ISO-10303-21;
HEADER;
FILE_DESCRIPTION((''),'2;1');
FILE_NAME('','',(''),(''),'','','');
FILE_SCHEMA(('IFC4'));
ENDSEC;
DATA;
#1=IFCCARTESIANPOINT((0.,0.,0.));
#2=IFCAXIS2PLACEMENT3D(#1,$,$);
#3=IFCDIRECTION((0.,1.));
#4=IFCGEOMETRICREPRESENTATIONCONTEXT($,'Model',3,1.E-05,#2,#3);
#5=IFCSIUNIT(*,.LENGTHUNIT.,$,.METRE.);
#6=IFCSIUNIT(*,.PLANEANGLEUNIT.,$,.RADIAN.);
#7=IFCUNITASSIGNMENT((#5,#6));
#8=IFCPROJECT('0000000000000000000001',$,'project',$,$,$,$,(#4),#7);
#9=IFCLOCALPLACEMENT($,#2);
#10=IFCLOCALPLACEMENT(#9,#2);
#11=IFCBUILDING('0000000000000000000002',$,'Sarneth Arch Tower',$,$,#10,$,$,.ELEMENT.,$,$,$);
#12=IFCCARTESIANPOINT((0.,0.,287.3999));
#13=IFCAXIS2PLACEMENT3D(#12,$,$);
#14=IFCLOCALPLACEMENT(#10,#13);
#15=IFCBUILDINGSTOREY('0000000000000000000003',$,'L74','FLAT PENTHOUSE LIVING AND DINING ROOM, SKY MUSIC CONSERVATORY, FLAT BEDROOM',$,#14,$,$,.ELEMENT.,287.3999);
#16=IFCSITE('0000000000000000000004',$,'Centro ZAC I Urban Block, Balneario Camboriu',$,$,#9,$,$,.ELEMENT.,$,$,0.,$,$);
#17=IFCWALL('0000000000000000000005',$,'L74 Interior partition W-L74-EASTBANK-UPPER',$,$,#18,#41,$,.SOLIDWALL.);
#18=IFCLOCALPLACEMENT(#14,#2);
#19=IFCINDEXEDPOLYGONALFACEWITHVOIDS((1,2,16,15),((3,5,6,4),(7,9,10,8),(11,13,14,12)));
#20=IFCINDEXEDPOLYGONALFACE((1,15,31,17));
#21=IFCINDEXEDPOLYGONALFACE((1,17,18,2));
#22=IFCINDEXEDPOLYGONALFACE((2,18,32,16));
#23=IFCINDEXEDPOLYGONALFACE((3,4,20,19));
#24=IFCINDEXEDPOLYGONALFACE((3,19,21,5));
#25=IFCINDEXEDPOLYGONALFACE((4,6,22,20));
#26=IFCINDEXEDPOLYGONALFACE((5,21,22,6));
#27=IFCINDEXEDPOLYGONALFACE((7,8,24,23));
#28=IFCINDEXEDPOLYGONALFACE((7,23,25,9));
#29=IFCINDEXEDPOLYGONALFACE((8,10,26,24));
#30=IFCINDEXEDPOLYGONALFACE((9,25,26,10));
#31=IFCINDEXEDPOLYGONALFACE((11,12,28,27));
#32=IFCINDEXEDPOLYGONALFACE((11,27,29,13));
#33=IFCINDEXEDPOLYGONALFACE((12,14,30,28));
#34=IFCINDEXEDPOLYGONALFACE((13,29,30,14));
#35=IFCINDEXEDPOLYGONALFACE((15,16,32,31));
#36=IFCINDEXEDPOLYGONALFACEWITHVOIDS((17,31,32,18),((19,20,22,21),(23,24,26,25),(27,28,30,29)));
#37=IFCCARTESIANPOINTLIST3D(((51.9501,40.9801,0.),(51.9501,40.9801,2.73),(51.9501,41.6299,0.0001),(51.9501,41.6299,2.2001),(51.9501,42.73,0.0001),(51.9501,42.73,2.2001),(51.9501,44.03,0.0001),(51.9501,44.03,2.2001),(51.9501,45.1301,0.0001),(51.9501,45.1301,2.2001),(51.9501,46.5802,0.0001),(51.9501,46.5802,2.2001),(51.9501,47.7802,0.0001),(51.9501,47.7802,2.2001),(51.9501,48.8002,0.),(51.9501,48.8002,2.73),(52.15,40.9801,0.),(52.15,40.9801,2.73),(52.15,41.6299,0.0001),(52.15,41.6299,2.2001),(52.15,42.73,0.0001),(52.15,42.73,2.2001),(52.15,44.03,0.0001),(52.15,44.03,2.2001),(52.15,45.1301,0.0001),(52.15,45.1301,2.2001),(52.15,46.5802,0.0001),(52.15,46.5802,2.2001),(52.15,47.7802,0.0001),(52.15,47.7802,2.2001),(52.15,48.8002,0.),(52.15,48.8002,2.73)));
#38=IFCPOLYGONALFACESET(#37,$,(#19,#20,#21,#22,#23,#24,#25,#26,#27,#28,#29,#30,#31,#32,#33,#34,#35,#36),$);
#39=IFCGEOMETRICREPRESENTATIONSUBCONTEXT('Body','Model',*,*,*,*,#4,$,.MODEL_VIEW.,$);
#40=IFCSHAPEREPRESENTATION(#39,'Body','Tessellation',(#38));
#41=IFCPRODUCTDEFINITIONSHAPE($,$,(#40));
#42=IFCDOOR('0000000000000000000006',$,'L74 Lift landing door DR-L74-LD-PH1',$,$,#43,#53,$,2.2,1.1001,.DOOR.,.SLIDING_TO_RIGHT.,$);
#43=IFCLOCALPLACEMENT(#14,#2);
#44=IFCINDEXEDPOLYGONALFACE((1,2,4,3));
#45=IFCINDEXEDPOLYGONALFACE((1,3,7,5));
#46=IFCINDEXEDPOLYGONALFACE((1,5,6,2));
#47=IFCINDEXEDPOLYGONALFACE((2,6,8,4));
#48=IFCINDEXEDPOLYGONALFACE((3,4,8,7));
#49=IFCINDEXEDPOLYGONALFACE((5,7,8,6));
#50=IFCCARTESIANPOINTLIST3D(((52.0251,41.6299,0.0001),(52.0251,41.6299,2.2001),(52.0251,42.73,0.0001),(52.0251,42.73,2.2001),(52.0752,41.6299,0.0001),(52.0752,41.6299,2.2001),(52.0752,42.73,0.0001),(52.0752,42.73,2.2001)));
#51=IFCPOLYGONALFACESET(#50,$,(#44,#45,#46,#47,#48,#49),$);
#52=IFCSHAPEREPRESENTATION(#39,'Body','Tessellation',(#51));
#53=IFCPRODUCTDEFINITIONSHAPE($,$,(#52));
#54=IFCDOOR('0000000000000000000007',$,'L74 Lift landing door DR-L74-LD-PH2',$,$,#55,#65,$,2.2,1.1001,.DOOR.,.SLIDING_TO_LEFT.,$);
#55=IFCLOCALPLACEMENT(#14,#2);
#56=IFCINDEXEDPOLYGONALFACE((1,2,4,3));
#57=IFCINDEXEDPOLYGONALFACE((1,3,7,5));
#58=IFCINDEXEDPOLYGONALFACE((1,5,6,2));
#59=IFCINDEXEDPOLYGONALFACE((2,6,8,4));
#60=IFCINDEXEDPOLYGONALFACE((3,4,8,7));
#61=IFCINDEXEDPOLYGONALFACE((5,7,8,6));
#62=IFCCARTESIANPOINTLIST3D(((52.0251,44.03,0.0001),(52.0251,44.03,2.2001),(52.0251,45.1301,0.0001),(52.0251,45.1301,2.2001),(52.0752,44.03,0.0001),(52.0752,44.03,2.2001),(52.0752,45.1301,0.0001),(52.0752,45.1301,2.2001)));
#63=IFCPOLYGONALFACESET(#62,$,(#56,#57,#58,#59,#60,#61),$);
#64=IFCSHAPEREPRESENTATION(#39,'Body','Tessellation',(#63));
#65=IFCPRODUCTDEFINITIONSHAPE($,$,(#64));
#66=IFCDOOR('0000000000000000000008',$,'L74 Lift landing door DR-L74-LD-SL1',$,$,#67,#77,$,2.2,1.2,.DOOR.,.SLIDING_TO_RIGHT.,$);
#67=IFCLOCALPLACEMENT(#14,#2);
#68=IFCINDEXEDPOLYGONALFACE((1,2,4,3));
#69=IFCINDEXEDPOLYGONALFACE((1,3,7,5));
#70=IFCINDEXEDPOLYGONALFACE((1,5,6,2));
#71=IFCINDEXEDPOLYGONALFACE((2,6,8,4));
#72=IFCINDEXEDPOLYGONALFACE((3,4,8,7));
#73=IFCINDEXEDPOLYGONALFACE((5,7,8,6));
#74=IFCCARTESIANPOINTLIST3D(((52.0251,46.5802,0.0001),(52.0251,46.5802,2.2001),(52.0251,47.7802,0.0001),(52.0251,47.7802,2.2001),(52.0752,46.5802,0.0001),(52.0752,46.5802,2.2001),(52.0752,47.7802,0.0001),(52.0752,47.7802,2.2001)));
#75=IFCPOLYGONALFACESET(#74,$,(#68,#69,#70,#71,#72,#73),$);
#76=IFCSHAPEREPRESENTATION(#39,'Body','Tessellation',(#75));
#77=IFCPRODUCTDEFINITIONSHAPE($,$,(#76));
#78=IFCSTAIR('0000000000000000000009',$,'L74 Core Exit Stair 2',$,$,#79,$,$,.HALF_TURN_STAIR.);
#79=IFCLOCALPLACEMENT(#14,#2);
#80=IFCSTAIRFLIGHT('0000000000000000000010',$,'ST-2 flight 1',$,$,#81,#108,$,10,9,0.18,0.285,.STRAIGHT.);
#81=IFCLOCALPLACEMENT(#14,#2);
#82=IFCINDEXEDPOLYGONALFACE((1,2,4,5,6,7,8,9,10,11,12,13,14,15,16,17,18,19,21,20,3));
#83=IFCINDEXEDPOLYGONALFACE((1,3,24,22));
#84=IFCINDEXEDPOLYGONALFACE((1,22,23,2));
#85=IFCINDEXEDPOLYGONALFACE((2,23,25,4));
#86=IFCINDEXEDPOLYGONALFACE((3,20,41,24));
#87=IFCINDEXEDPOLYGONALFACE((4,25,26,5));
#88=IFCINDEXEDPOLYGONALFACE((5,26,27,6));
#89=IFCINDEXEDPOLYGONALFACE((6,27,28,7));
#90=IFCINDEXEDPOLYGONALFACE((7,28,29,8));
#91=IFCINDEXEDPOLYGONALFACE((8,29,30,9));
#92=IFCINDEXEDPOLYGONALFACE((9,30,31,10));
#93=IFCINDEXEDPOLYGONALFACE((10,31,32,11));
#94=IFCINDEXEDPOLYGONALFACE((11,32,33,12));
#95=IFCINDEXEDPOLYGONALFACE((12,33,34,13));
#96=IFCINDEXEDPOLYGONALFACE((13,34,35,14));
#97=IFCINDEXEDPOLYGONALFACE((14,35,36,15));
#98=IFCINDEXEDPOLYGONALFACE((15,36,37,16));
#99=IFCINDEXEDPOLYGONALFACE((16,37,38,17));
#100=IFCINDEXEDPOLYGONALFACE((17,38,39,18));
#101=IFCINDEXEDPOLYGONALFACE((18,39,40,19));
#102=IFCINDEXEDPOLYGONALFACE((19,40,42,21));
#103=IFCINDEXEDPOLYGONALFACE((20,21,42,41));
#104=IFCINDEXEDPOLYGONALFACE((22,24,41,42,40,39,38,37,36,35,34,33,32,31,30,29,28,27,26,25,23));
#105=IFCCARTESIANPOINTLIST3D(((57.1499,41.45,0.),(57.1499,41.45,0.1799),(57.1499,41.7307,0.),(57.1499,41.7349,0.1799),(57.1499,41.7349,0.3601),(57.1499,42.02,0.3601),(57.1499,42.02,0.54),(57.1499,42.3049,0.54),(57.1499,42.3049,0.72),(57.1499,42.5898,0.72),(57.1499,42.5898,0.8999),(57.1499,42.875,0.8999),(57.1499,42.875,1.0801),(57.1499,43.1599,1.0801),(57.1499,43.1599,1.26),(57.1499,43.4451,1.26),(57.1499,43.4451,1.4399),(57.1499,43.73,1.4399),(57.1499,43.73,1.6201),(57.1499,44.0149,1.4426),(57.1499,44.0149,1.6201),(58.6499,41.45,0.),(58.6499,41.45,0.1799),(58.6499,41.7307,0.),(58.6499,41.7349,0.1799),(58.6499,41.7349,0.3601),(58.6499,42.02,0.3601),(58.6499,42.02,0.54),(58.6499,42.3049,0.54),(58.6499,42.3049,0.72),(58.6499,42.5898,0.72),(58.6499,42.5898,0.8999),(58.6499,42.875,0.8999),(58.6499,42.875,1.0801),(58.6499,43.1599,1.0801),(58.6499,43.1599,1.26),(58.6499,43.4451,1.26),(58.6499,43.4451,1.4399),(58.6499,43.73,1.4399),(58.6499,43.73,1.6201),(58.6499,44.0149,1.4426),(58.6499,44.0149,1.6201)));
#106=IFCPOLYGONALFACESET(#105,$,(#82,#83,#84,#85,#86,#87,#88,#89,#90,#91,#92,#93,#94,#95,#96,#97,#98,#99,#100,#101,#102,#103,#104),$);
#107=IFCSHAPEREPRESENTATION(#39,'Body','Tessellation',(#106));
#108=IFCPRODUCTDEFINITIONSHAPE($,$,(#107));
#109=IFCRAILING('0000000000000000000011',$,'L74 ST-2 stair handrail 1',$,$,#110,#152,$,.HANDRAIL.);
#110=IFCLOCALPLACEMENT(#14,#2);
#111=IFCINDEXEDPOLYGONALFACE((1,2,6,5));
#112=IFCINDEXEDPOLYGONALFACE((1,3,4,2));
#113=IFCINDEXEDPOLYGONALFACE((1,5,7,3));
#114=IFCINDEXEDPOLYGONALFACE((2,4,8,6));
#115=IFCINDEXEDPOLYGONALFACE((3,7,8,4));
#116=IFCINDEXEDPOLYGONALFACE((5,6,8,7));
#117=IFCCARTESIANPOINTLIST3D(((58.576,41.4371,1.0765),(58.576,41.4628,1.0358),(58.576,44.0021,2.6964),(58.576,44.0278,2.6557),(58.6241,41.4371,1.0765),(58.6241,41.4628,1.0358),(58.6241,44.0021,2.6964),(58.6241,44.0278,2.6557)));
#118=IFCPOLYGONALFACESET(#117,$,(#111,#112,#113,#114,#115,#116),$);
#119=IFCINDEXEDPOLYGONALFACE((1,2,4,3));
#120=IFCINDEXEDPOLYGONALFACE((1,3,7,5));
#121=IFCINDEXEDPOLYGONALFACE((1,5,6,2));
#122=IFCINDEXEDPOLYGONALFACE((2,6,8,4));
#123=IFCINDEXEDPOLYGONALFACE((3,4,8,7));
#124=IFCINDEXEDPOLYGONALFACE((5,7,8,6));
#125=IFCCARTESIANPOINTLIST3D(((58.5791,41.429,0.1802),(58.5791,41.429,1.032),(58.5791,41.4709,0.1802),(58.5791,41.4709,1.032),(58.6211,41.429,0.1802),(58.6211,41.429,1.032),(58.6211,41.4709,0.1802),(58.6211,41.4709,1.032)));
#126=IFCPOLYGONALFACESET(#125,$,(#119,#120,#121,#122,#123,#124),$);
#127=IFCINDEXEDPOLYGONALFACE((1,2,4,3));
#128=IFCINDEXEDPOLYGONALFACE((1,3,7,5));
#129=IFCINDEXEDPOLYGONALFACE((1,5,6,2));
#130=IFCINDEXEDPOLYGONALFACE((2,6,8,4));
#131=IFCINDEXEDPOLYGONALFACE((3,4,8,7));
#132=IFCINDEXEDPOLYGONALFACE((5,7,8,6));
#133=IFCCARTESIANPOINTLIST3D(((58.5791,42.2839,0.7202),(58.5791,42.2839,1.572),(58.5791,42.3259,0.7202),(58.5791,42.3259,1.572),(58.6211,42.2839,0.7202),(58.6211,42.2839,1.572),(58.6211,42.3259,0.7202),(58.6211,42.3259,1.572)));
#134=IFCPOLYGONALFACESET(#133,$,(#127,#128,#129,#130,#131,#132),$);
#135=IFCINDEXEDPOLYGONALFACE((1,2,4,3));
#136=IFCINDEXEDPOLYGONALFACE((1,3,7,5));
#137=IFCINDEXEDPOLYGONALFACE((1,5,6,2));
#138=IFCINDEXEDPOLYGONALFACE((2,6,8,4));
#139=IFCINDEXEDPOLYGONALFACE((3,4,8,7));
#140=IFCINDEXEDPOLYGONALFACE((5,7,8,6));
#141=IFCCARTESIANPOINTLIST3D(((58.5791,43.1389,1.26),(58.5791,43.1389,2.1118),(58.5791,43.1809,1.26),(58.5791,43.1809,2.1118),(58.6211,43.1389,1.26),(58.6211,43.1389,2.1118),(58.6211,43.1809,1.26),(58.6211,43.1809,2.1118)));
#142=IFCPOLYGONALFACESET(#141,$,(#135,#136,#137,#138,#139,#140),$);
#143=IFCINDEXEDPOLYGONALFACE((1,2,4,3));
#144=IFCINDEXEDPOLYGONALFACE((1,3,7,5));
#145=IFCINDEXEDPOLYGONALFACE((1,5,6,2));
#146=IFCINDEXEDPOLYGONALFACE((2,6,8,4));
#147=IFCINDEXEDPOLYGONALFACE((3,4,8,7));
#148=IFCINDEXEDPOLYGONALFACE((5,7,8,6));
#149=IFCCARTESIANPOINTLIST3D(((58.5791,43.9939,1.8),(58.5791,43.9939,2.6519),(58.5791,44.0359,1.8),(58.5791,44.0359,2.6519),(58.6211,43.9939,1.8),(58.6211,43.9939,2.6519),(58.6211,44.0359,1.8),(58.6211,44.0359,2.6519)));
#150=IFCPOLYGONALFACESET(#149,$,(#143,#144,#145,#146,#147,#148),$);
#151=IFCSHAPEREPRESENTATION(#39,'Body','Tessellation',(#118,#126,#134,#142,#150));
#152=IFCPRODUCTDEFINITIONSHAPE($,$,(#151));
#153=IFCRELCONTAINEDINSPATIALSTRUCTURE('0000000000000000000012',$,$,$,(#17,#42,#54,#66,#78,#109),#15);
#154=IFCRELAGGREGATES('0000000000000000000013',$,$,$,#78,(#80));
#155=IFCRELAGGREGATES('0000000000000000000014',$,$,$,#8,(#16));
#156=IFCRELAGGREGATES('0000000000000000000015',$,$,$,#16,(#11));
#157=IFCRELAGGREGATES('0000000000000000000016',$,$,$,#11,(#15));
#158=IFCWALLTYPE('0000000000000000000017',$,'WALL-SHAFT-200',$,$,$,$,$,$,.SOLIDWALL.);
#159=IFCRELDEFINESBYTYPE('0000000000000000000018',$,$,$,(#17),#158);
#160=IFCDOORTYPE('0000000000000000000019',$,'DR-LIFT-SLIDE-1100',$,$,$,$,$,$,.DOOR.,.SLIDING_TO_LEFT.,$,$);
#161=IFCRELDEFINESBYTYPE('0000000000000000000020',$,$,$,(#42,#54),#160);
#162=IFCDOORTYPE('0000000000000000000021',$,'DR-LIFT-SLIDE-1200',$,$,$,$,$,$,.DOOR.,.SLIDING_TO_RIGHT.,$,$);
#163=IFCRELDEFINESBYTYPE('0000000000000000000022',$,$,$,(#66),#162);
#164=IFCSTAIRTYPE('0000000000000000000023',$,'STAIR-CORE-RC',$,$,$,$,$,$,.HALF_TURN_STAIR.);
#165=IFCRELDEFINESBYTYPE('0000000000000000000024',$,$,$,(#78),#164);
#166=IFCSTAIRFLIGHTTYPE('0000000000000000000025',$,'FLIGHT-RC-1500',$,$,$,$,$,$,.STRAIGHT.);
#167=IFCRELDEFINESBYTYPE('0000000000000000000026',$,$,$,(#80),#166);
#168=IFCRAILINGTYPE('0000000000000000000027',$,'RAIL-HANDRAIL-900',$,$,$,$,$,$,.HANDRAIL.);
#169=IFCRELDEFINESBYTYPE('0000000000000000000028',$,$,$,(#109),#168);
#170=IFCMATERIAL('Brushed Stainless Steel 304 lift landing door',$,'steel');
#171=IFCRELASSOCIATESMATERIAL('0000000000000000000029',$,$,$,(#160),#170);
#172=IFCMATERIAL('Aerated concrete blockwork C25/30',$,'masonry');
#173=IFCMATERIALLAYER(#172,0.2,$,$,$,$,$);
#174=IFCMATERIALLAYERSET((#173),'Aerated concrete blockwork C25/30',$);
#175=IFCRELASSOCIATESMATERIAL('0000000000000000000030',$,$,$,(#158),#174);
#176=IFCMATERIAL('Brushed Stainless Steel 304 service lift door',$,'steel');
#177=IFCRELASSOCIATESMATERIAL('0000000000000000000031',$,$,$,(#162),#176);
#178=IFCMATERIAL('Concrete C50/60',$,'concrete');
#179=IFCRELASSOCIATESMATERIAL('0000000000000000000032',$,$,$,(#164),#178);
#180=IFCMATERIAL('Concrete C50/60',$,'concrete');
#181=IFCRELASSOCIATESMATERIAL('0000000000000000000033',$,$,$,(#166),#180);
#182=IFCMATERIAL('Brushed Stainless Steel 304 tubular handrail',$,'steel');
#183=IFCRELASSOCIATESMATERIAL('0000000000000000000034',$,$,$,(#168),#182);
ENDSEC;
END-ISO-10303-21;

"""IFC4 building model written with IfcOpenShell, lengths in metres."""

from ifc_helpers import new_model, si_unit, direction, frame, frame_2d, origin, origin_2d, place, context, subcontext, project, spatial, polyline, rectangle, outline, extrude, material, layer, layer_set, type_object, element, fill, aggregate, save


model = new_model("IFC4")

# Units and contexts
model_context = context("Model", 3, precision=1e-05, world=origin(), true_north=direction((0.0, 1.0)))
body_context = subcontext(model_context, "Body", "Model", "MODEL_VIEW")
ifc_project = project(units=[si_unit("LENGTHUNIT", "METRE"), si_unit("PLANEANGLEUNIT", "RADIAN")], contexts=[model_context])

# Site, building, storey
site_placement = place(None, origin())
site = spatial("IfcSite", under=ifc_project, at=site_placement, Name="Centro ZAC I Urban Block, Balneario Camboriu", CompositionType="ELEMENT", RefElevation=0.0)
building_placement = place(site_placement, origin())
building = spatial("IfcBuilding", under=site, at=building_placement, Name="Sarneth Arch Tower", CompositionType="ELEMENT")
storey_placement = place(building_placement, frame((0.0, 0.0, 287.3999)))
storey = spatial("IfcBuildingStorey", under=building, at=storey_placement, Name="L74", Description="FLAT PENTHOUSE LIVING AND DINING ROOM, SKY MUSIC CONSERVATORY, FLAT BEDROOM", CompositionType="ELEMENT", Elevation=287.3999)

# Shared definitions
ifc_material_1 = material(Name="Brushed Stainless Steel 304 lift landing door", Category="steel")
door_type_1 = type_object("IfcDoorType", Name="DR-LIFT-SLIDE-1100", OperationType="SLIDING_TO_LEFT", PredefinedType="DOOR", material=ifc_material_1)

# Shared definitions
ifc_material_2 = material(Name="Aerated concrete blockwork C25/30", Category="masonry")
ifc_layer_1 = layer(ifc_material_2, 0.2)
ifc_layer_set_1 = layer_set([ifc_layer_1], Name="Aerated concrete blockwork C25/30")
wall_type_1 = type_object("IfcWallType", Name="WALL-SHAFT-200", PredefinedType="SOLIDWALL", material=ifc_layer_set_1)

# Wall, openings, doors
wall_1_placement = place(storey_placement, frame((52.05, 40.98, 0.0), z_axis=(0.0, 0.0, 1.0), x_axis=(0.0, 1.0, 0.0)))
wall_1 = element("IfcWall", 1, at=wall_1_placement, inside=storey, type_object=wall_type_1, Name="L74 Interior partition W-L74-EASTBANK-UPPER", PredefinedType="SOLIDWALL", context=body_context, shape_type="SweptSolid", body=[
    extrude(rectangle(XDim=7.8201, YDim=0.2, at=frame_2d((3.9102, 0.0))), origin(), (0.0, 0.0, 1.0), 2.73),
])
opening_1_placement = place(wall_1_placement, frame((0.6499, 0.0, 0.0)))
opening_1 = element("IfcOpeningElement", 2, at=opening_1_placement, cuts=wall_1, PredefinedType="OPENING", context=body_context, shape_type="SweptSolid", body=[
    extrude(rectangle(XDim=1.1001, YDim=2.2, at=frame_2d((0.55, 1.1001))), frame((0.0, 0.1099, 0.0), z_axis=(0.0, -1.0, 0.0), x_axis=(1.0, 0.0, 0.0)), (0.0, 0.0, 1.0), 0.22),
])
opening_2_placement = place(wall_1_placement, frame((3.05, 0.0, 0.0)))
opening_2 = element("IfcOpeningElement", 3, at=opening_2_placement, cuts=wall_1, PredefinedType="OPENING", context=body_context, shape_type="SweptSolid", body=[
    extrude(rectangle(XDim=1.1001, YDim=2.2, at=frame_2d((0.55, 1.1001))), frame((0.0, 0.1099, 0.0), z_axis=(0.0, -1.0, 0.0), x_axis=(1.0, 0.0, 0.0)), (0.0, 0.0, 1.0), 0.22),
])
opening_3_placement = place(wall_1_placement, frame((5.6001, 0.0, 0.0)))
opening_3 = element("IfcOpeningElement", 4, at=opening_3_placement, cuts=wall_1, PredefinedType="OPENING", context=body_context, shape_type="SweptSolid", body=[
    extrude(rectangle(XDim=1.2, YDim=2.2, at=frame_2d((0.6001, 1.1001))), frame((0.0, 0.1099, 0.0), z_axis=(0.0, -1.0, 0.0), x_axis=(1.0, 0.0, 0.0)), (0.0, 0.0, 1.0), 0.22),
])
door_1_placement = place(opening_1_placement, origin())
door_1 = element("IfcDoor", 5, at=door_1_placement, inside=storey, type_object=door_type_1, Name="L74 Lift landing door DR-L74-LD-PH1", OperationType="SLIDING_TO_RIGHT", OverallHeight=2.2, OverallWidth=1.1001, PredefinedType="DOOR", context=body_context, shape_type="SweptSolid", body=[
    extrude(rectangle(XDim=1.1001, YDim=2.2, at=frame_2d((0.55, 1.1001))), frame((0.0, 0.0249, 0.0), z_axis=(0.0, -1.0, 0.0), x_axis=(1.0, 0.0, 0.0)), (0.0, 0.0, 1.0), 0.05),
])
fill(opening_1, door_1)
door_2_placement = place(opening_2_placement, origin())
door_2 = element("IfcDoor", 6, at=door_2_placement, inside=storey, type_object=door_type_1, Name="L74 Lift landing door DR-L74-LD-PH2", OperationType="SLIDING_TO_LEFT", OverallHeight=2.2, OverallWidth=1.1001, PredefinedType="DOOR", context=body_context, shape_type="SweptSolid", body=[
    extrude(rectangle(XDim=1.1001, YDim=2.2, at=frame_2d((0.55, 1.1001))), frame((0.0, 0.0249, 0.0), z_axis=(0.0, -1.0, 0.0), x_axis=(1.0, 0.0, 0.0)), (0.0, 0.0, 1.0), 0.05),
])
fill(opening_2, door_2)
ifc_material_3 = material(Name="Brushed Stainless Steel 304 service lift door", Category="steel")
door_type_2 = type_object("IfcDoorType", Name="DR-LIFT-SLIDE-1200", OperationType="SLIDING_TO_RIGHT", PredefinedType="DOOR", material=ifc_material_3)
door_3_placement = place(opening_3_placement, origin())
door_3 = element("IfcDoor", 7, at=door_3_placement, inside=storey, type_object=door_type_2, Name="L74 Lift landing door DR-L74-LD-SL1", OperationType="SLIDING_TO_RIGHT", OverallHeight=2.2, OverallWidth=1.2, PredefinedType="DOOR", context=body_context, shape_type="SweptSolid", body=[
    extrude(rectangle(XDim=1.2, YDim=2.2, at=frame_2d((0.6001, 1.1001))), frame((0.0, 0.0249, 0.0), z_axis=(0.0, -1.0, 0.0), x_axis=(1.0, 0.0, 0.0)), (0.0, 0.0, 1.0), 0.05),
])
fill(opening_3, door_3)

# Stair, stair flight
ifc_material_4 = material(Name="Concrete C50/60", Category="concrete")
stair_type = type_object("IfcStairType", Name="STAIR-CORE-RC", PredefinedType="HALF_TURN_STAIR", material=ifc_material_4)
stair_placement = place(storey_placement, origin())
stair = element("IfcStair", 8, at=stair_placement, inside=storey, type_object=stair_type, Name="L74 Core Exit Stair 2", PredefinedType="HALF_TURN_STAIR")
ifc_material_5 = material(Name="Concrete C50/60", Category="concrete")
stair_flight_type = type_object("IfcStairFlightType", Name="FLIGHT-RC-1500", PredefinedType="STRAIGHT", material=ifc_material_5)
stair_flight_placement = place(storey_placement, frame((57.8999, 41.45, 0.0), z_axis=(0.0, 0.0, 1.0), x_axis=(0.0, 1.0, 0.0)))
stair_flight = element("IfcStairFlight", 9, at=stair_flight_placement, type_object=stair_flight_type, Name="ST-2 flight 1", NumberOfRisers=10, NumberOfTreads=9, PredefinedType="STRAIGHT", RiserHeight=0.18, TreadLength=0.285, context=body_context, shape_type="SweptSolid", body=[
    extrude(outline(polyline([(0.0, 0.0), (0.0, 0.1799), (0.2849, 0.1799), (0.2849, 0.3601), (0.5701, 0.3601), (0.5701, 0.54), (0.855, 0.54), (0.855, 0.72), (1.1399, 0.72), (1.1399, 0.8999), (1.425, 0.8999), (1.425, 1.0801), (1.71, 1.0801), (1.71, 1.26), (1.9951, 1.26), (1.9951, 1.4399), (2.28, 1.4399), (2.28, 1.6201), (2.5649, 1.6201), (2.5649, 1.8), (2.5649, 1.4426), (0.2808, 0.0), (0.0, 0.0)])), frame((0.0, 0.75, 0.0), z_axis=(0.0, -1.0, 0.0), x_axis=(1.0, 0.0, 0.0)), (0.0, 0.0, 1.0), 1.5),
])
aggregate(stair, [stair_flight])

# Railing
ifc_material_6 = material(Name="Brushed Stainless Steel 304 tubular handrail", Category="steel")
railing_type_1 = type_object("IfcRailingType", Name="RAIL-HANDRAIL-900", PredefinedType="HANDRAIL", material=ifc_material_6)
railing_1_placement = place(storey_placement, frame((58.6001, 41.45, 0.1802)))
element("IfcRailing", 10, at=railing_1_placement, inside=storey, type_object=railing_type_1, Name="L74 ST-2 stair handrail 1", PredefinedType="HANDRAIL", context=body_context, shape_type="SweptSolid", body=[
    extrude(rectangle(XDim=0.0481, YDim=0.0481, at=origin_2d()), frame((0.0, 0.0, 0.876), z_axis=(0.0, 0.845502, 0.533972), x_axis=(-1.0, 0.0, 0.0)), (0.0, 0.0, 1.0), 3.0337),
    extrude(rectangle(XDim=0.042, YDim=0.042, at=origin_2d()), origin(), (0.0, 0.0, 1.0), 0.8518),
    extrude(rectangle(XDim=0.042, YDim=0.042, at=origin_2d()), frame((0.0, 0.855, 0.54)), (0.0, 0.0, 1.0), 0.8518),
    extrude(rectangle(XDim=0.042, YDim=0.042, at=origin_2d()), frame((0.0, 1.71, 1.0798)), (0.0, 0.0, 1.0), 0.8518),
    extrude(rectangle(XDim=0.042, YDim=0.042, at=origin_2d()), frame((0.0, 2.5649, 1.6199)), (0.0, 0.0, 1.0), 0.8518),
])

save(model, "model.ifc")
